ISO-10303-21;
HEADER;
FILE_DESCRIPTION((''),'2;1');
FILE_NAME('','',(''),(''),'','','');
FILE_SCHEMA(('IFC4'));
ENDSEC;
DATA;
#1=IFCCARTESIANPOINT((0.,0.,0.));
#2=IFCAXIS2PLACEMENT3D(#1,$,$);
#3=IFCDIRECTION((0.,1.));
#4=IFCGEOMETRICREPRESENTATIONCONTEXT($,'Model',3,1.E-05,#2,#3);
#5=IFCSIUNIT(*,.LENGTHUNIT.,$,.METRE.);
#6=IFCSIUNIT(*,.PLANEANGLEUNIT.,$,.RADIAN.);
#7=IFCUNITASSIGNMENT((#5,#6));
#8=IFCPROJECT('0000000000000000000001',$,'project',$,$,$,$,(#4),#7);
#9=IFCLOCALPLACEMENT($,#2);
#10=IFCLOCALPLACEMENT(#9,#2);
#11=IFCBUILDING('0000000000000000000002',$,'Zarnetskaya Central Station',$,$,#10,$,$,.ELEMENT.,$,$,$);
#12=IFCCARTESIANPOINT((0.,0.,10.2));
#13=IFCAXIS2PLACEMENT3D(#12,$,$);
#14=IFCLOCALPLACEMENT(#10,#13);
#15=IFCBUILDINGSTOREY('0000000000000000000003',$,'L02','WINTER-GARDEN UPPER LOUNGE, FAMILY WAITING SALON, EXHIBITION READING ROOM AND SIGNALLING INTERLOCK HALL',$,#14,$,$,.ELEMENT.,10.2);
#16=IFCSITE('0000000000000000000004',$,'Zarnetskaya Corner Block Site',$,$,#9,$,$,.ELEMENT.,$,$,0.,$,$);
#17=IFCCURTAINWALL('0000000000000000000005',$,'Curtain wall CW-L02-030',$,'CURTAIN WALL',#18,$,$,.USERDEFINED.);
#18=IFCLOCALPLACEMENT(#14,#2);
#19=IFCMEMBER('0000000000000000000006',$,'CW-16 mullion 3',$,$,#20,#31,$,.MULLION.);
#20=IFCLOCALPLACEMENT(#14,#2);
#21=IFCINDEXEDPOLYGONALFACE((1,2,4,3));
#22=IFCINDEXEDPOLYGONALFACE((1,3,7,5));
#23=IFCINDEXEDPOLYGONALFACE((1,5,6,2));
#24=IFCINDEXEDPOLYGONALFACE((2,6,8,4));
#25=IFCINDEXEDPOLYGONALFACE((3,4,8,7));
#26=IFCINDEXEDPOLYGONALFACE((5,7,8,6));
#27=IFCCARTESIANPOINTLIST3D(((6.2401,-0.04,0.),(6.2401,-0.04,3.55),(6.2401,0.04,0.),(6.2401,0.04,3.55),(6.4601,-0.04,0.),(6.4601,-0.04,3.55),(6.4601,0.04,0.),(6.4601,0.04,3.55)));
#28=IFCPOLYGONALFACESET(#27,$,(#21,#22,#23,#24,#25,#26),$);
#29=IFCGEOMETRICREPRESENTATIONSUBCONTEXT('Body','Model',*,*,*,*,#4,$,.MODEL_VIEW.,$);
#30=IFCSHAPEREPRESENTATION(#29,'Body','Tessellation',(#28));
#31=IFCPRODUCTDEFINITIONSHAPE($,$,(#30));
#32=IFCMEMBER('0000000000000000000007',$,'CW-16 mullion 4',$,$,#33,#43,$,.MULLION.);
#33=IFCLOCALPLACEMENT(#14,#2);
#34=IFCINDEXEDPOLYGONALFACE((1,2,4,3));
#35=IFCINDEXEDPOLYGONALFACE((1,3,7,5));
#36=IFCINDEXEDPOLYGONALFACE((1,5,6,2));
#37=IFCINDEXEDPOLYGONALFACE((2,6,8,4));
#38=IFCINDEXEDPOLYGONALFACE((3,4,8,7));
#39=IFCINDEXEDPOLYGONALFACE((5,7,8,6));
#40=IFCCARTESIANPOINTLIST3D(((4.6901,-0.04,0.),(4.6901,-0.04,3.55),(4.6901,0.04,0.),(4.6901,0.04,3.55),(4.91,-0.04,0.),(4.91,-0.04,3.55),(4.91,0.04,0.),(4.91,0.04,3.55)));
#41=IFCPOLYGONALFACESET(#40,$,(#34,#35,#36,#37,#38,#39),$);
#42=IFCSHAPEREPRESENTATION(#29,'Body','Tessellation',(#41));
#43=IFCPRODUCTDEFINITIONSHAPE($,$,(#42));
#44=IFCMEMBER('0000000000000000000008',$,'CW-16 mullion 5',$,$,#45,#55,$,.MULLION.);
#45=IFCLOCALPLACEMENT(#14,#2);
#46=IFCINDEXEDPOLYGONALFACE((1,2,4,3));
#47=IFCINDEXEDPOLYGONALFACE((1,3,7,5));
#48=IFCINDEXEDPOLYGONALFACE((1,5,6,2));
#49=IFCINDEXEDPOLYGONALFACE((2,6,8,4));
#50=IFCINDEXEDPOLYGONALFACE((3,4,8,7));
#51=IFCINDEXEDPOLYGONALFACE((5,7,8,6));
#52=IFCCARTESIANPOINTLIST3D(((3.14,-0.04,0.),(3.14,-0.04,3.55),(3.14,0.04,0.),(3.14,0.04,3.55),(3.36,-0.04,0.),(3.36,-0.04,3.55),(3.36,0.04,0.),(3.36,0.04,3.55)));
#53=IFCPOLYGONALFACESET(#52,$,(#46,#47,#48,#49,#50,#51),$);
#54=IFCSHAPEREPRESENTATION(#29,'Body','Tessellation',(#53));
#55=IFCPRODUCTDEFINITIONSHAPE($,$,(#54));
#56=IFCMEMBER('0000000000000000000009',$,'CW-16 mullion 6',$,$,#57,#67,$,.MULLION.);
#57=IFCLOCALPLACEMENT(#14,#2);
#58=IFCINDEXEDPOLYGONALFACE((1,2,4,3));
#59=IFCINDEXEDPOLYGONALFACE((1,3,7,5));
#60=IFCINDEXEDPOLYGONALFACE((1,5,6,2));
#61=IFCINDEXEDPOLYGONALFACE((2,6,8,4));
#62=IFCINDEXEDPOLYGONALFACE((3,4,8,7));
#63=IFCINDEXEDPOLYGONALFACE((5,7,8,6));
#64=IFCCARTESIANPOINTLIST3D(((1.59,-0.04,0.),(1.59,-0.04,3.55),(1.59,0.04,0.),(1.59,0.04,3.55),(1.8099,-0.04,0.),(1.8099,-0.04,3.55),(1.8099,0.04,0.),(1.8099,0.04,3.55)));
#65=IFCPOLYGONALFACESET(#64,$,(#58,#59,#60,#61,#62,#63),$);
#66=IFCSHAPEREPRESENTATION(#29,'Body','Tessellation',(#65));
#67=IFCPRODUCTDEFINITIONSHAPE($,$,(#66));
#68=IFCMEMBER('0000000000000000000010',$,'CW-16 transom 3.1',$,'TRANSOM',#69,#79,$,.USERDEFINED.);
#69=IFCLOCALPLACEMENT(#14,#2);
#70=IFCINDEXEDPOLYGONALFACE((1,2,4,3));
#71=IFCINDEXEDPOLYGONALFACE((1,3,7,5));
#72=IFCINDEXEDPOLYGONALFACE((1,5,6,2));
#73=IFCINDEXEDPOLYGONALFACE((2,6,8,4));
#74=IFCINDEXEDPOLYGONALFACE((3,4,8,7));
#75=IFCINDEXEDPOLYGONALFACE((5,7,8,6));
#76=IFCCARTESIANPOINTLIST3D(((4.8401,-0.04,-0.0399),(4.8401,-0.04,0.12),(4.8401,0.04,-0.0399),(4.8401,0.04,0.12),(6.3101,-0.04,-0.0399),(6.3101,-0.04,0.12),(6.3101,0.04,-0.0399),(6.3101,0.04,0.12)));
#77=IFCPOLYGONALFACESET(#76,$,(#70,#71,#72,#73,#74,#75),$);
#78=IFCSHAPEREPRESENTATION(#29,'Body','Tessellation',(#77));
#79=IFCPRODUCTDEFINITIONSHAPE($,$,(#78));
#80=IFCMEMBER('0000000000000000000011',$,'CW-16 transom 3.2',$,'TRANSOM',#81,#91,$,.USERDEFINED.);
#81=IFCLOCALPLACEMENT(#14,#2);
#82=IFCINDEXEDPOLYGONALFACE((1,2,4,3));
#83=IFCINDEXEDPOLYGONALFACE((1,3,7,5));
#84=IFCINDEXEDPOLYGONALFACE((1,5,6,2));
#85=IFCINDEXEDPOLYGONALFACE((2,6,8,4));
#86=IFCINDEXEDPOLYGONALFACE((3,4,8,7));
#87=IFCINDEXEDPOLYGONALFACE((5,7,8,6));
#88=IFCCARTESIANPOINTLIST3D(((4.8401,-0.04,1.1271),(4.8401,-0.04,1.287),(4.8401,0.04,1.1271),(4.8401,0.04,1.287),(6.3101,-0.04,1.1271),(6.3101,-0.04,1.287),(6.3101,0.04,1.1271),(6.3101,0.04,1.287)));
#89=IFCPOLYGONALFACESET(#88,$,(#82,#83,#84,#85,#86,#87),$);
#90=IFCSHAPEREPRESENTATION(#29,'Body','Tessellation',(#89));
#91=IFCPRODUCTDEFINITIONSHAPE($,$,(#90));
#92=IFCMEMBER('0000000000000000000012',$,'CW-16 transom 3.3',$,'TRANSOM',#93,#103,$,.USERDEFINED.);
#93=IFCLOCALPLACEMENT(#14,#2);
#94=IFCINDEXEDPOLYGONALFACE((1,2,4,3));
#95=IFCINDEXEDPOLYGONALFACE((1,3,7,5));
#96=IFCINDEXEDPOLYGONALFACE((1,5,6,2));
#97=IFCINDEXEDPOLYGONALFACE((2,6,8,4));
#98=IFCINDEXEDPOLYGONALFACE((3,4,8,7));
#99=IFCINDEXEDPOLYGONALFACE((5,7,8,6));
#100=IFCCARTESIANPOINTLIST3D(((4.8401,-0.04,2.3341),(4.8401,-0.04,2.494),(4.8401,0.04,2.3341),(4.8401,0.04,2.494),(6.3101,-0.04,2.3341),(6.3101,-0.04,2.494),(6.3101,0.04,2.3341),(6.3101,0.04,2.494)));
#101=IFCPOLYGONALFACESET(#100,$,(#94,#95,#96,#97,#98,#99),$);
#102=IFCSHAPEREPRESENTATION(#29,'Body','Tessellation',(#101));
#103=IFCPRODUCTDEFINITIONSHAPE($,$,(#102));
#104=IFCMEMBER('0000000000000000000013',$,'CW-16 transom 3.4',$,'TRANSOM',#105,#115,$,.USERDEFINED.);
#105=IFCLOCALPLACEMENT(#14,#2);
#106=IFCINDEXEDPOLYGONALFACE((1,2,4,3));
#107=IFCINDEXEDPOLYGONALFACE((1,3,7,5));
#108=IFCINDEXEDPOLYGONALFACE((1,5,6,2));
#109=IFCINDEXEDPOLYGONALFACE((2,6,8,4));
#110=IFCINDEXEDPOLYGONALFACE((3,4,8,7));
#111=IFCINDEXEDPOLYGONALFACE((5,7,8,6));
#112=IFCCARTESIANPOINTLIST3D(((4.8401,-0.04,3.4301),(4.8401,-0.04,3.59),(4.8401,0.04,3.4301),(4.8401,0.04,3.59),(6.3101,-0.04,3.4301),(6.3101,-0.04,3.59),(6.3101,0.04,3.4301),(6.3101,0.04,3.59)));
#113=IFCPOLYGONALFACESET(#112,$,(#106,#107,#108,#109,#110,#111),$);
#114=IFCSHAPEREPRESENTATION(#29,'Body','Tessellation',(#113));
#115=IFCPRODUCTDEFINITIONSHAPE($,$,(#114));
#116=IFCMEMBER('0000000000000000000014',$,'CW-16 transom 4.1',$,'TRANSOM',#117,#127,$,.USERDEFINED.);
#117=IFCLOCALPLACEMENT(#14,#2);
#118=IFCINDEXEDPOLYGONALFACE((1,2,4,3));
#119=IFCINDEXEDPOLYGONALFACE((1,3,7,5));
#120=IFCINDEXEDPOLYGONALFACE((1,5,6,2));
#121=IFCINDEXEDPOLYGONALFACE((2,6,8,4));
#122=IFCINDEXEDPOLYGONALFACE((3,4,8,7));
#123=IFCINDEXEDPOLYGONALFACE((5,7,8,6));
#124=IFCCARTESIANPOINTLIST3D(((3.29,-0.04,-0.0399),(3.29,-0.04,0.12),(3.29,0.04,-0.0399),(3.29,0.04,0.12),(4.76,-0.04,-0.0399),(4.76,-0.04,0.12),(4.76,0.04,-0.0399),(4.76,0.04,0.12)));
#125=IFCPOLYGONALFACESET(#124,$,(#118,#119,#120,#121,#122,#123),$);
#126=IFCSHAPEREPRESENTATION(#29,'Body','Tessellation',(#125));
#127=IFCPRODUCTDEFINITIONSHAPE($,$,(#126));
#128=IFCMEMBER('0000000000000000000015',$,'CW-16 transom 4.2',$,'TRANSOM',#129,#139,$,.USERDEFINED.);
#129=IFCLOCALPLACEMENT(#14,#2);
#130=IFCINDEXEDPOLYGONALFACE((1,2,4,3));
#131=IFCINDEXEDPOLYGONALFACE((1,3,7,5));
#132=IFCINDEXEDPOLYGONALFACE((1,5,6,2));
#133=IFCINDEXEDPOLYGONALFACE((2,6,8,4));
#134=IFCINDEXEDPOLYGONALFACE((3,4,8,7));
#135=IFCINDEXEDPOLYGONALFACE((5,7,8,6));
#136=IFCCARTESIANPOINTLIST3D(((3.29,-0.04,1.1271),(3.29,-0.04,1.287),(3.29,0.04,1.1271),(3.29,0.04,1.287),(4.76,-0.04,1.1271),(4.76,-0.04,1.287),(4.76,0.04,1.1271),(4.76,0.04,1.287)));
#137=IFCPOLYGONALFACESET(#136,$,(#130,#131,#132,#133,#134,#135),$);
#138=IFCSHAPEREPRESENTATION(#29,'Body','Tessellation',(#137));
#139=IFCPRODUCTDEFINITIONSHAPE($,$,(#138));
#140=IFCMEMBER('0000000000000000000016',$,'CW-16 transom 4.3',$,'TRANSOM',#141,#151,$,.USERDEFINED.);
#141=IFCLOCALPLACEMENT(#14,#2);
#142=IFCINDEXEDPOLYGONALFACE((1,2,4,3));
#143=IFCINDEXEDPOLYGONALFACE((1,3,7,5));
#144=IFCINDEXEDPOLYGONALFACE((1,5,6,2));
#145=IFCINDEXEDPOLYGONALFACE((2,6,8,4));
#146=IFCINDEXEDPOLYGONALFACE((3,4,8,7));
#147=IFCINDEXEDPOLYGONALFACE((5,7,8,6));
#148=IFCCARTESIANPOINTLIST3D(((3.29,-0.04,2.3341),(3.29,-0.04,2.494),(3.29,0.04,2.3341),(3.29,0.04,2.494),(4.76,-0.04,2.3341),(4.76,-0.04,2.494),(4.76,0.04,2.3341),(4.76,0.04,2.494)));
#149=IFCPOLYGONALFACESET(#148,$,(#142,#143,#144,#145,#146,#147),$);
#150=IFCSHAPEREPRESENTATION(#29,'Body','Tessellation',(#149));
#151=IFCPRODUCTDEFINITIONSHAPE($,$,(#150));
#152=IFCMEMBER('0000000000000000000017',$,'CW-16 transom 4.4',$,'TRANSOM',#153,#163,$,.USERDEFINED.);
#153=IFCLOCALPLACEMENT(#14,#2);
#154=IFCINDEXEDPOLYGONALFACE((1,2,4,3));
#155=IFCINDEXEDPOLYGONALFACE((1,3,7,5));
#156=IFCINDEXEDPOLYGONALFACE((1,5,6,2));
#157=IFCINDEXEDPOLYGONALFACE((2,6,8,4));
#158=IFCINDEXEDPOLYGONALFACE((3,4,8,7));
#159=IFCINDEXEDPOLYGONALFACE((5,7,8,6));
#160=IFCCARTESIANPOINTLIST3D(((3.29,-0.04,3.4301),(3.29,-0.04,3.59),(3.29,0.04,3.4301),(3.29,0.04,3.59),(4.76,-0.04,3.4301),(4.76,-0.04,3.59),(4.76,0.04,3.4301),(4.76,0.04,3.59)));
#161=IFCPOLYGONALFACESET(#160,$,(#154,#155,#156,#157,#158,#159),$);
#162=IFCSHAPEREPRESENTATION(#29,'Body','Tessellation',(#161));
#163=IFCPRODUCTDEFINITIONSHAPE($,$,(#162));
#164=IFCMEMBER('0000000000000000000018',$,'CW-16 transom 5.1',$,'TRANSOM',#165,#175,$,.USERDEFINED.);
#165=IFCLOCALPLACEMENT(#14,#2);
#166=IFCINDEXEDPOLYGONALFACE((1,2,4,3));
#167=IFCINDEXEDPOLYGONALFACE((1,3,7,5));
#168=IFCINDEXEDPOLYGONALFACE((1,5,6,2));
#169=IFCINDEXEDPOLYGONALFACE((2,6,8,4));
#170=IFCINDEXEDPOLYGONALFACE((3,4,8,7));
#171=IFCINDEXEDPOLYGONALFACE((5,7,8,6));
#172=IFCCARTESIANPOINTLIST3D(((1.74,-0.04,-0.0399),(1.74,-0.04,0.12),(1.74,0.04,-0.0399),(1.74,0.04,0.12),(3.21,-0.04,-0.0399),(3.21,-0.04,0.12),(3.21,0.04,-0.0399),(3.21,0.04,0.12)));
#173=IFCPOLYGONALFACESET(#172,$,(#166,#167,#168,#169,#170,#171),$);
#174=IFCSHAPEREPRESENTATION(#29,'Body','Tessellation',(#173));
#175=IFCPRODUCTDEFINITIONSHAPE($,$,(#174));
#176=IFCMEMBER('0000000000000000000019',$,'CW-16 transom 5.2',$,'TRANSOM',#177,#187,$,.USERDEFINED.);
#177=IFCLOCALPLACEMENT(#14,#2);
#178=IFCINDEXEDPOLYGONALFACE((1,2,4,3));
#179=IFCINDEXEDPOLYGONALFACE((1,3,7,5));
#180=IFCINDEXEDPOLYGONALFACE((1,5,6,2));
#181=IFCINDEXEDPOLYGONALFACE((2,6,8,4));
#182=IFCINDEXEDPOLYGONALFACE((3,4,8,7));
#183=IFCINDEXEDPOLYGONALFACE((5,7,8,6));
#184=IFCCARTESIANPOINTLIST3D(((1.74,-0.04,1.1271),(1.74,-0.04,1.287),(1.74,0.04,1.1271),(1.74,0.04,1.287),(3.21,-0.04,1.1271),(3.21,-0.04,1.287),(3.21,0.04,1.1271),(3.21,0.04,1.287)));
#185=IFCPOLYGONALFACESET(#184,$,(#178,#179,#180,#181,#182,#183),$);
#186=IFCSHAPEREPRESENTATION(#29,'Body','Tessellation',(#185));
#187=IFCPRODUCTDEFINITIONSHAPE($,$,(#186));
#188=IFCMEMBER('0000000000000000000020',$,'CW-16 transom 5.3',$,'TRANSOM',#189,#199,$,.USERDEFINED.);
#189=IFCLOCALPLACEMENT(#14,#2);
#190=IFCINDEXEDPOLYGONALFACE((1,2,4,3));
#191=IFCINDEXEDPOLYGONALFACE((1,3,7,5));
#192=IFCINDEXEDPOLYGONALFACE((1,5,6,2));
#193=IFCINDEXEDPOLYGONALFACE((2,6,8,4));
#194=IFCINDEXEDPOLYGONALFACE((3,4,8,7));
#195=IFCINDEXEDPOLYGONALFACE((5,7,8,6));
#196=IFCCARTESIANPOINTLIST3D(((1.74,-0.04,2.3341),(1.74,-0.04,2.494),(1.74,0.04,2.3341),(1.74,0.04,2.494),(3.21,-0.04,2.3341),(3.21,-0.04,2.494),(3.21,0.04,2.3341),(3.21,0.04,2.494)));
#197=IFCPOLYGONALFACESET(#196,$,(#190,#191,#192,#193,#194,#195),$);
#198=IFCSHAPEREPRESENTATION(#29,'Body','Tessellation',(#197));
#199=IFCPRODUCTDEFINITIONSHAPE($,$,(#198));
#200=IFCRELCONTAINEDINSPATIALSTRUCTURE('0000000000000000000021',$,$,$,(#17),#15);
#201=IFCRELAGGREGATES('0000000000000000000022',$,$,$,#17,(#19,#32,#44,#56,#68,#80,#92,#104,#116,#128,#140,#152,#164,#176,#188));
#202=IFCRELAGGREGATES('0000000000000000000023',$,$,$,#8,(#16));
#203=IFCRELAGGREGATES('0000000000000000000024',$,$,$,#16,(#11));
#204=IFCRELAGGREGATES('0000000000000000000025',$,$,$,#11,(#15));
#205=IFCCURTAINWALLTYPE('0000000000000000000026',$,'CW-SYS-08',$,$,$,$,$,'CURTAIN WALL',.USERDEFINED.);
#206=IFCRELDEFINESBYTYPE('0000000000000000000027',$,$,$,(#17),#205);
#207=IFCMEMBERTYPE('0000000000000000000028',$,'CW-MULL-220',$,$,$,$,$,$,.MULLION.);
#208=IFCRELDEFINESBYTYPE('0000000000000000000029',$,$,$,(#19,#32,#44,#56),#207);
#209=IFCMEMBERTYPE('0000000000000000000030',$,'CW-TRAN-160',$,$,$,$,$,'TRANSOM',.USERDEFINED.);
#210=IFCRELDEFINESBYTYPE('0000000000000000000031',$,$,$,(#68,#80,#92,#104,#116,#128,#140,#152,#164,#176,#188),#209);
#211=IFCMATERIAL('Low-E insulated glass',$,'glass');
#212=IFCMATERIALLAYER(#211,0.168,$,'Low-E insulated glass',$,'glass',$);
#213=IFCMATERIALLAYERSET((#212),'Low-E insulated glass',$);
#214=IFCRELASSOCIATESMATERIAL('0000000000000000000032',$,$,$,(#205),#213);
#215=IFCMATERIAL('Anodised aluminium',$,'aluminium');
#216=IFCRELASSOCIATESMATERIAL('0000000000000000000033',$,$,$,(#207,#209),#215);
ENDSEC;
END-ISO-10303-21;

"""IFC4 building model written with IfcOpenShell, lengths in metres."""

from ifc_helpers import new_model, si_unit, direction, frame, origin, origin_2d, place, context, subcontext, project, spatial, rectangle, extrude, material, layer, layer_set, material_profile, profile_set, type_object, element, aggregate, save


model = new_model("IFC4")

# Units and contexts
model_context = context("Model", 3, precision=1e-05, world=origin(), true_north=direction((0.0, 1.0)))
body_context = subcontext(model_context, "Body", "Model", "MODEL_VIEW")
ifc_project = project(units=[si_unit("LENGTHUNIT", "METRE"), si_unit("PLANEANGLEUNIT", "RADIAN")], contexts=[model_context])

# Site, building, storey
site_placement = place(None, origin())
site = spatial("IfcSite", under=ifc_project, at=site_placement, Name="Zarnetskaya Corner Block Site", CompositionType="ELEMENT", RefElevation=0.0)
building_placement = place(site_placement, origin())
building = spatial("IfcBuilding", under=site, at=building_placement, Name="Zarnetskaya Central Station", CompositionType="ELEMENT")
storey_placement = place(building_placement, frame((0.0, 0.0, 10.2)))
storey = spatial("IfcBuildingStorey", under=building, at=storey_placement, Name="L02", Description="WINTER-GARDEN UPPER LOUNGE, FAMILY WAITING SALON, EXHIBITION READING ROOM AND SIGNALLING INTERLOCK HALL", CompositionType="ELEMENT", Elevation=10.2)

# Curtain wall, members
ifc_material_1 = material(Name="Low-E insulated glass", Category="glass")
ifc_layer_1 = layer(ifc_material_1, 0.168, Name="Low-E insulated glass", Category="glass")
ifc_layer_set_1 = layer_set([ifc_layer_1], Name="Low-E insulated glass")
curtain_wall_type = type_object("IfcCurtainWallType", Name="CW-SYS-08", ElementType="CURTAIN WALL", PredefinedType="USERDEFINED", material=ifc_layer_set_1)
curtain_wall_placement = place(storey_placement, origin())
curtain_wall = element("IfcCurtainWall", 1, at=curtain_wall_placement, inside=storey, type_object=curtain_wall_type, Name="Curtain wall CW-L02-030", ObjectType="CURTAIN WALL", PredefinedType="USERDEFINED")
ifc_material_2 = material(Name="Anodised aluminium", Category="aluminium")
ifc_material_profile_1 = material_profile(ifc_material_2, rectangle(XDim=0.0801, YDim=0.22, at=origin_2d()), Name="ALU MULL 80x220")
ifc_profile_set_1 = profile_set([ifc_material_profile_1], Name="Anodised aluminium")
member_type_1 = type_object("IfcMemberType", Name="CW-MULL-220", PredefinedType="MULLION", material=ifc_profile_set_1)
member_1_placement = place(storey_placement, frame((6.3501, 0.0, 0.0), z_axis=(0.0, 0.0, 1.0), x_axis=(0.0, -1.0, 0.0)))
member_1 = element("IfcMember", 2, at=member_1_placement, type_object=member_type_1, Name="CW-16 mullion 3", PredefinedType="MULLION", context=body_context, shape_type="SweptSolid", body=[
    extrude(rectangle(XDim=0.0801, YDim=0.22, at=origin_2d()), origin(), (0.0, 0.0, 1.0), 3.55),
])
member_2_placement = place(storey_placement, frame((4.8, 0.0, 0.0), z_axis=(0.0, 0.0, 1.0), x_axis=(0.0, -1.0, 0.0)))
member_2 = element("IfcMember", 3, at=member_2_placement, type_object=member_type_1, Name="CW-16 mullion 4", PredefinedType="MULLION", context=body_context, shape_type="SweptSolid", body=[
    extrude(rectangle(XDim=0.0801, YDim=0.22, at=origin_2d()), origin(), (0.0, 0.0, 1.0), 3.55),
])
member_3_placement = place(storey_placement, frame((3.25, 0.0, 0.0), z_axis=(0.0, 0.0, 1.0), x_axis=(0.0, -1.0, 0.0)))
member_3 = element("IfcMember", 4, at=member_3_placement, type_object=member_type_1, Name="CW-16 mullion 5", PredefinedType="MULLION", context=body_context, shape_type="SweptSolid", body=[
    extrude(rectangle(XDim=0.0801, YDim=0.22, at=origin_2d()), origin(), (0.0, 0.0, 1.0), 3.55),
])
member_4_placement = place(storey_placement, frame((1.7, 0.0, 0.0), z_axis=(0.0, 0.0, 1.0), x_axis=(0.0, -1.0, 0.0)))
member_4 = element("IfcMember", 5, at=member_4_placement, type_object=member_type_1, Name="CW-16 mullion 6", PredefinedType="MULLION", context=body_context, shape_type="SweptSolid", body=[
    extrude(rectangle(XDim=0.0801, YDim=0.22, at=origin_2d()), origin(), (0.0, 0.0, 1.0), 3.55),
])
ifc_material_profile_2 = material_profile(ifc_material_2, rectangle(XDim=0.0801, YDim=0.1599, at=origin_2d()), Name="ALU TRAN 80x160")
ifc_profile_set_2 = profile_set([ifc_material_profile_2], Name="Anodised aluminium")
member_type_2 = type_object("IfcMemberType", Name="CW-TRAN-160", ElementType="TRANSOM", PredefinedType="USERDEFINED", material=ifc_profile_set_2)
member_5_placement = place(storey_placement, frame((6.3101, 0.0, 0.04), z_axis=(-1.0, 0.0, 0.0), x_axis=(0.0, -1.0, 0.0)))
member_5 = element("IfcMember", 6, at=member_5_placement, type_object=member_type_2, Name="CW-16 transom 3.1", ObjectType="TRANSOM", PredefinedType="USERDEFINED", context=body_context, shape_type="SweptSolid", body=[
    extrude(rectangle(XDim=0.0801, YDim=0.1599, at=origin_2d()), origin(), (0.0, 0.0, 1.0), 1.47),
])
member_6_placement = place(storey_placement, frame((6.3101, 0.0, 1.207), z_axis=(-1.0, 0.0, 0.0), x_axis=(0.0, -1.0, 0.0)))
member_6 = element("IfcMember", 7, at=member_6_placement, type_object=member_type_2, Name="CW-16 transom 3.2", ObjectType="TRANSOM", PredefinedType="USERDEFINED", context=body_context, shape_type="SweptSolid", body=[
    extrude(rectangle(XDim=0.0801, YDim=0.1599, at=origin_2d()), origin(), (0.0, 0.0, 1.0), 1.47),
])
member_7_placement = place(storey_placement, frame((6.3101, 0.0, 2.4141), z_axis=(-1.0, 0.0, 0.0), x_axis=(0.0, -1.0, 0.0)))
member_7 = element("IfcMember", 8, at=member_7_placement, type_object=member_type_2, Name="CW-16 transom 3.3", ObjectType="TRANSOM", PredefinedType="USERDEFINED", context=body_context, shape_type="SweptSolid", body=[
    extrude(rectangle(XDim=0.0801, YDim=0.1599, at=origin_2d()), origin(), (0.0, 0.0, 1.0), 1.47),
])
member_8_placement = place(storey_placement, frame((6.3101, 0.0, 3.51), z_axis=(-1.0, 0.0, 0.0), x_axis=(0.0, -1.0, 0.0)))
member_8 = element("IfcMember", 9, at=member_8_placement, type_object=member_type_2, Name="CW-16 transom 3.4", ObjectType="TRANSOM", PredefinedType="USERDEFINED", context=body_context, shape_type="SweptSolid", body=[
    extrude(rectangle(XDim=0.0801, YDim=0.1599, at=origin_2d()), origin(), (0.0, 0.0, 1.0), 1.47),
])
member_9_placement = place(storey_placement, frame((4.76, 0.0, 0.04), z_axis=(-1.0, 0.0, 0.0), x_axis=(0.0, -1.0, 0.0)))
member_9 = element("IfcMember", 10, at=member_9_placement, type_object=member_type_2, Name="CW-16 transom 4.1", ObjectType="TRANSOM", PredefinedType="USERDEFINED", context=body_context, shape_type="SweptSolid", body=[
    extrude(rectangle(XDim=0.0801, YDim=0.1599, at=origin_2d()), origin(), (0.0, 0.0, 1.0), 1.47),
])
member_10_placement = place(storey_placement, frame((4.76, 0.0, 1.207), z_axis=(-1.0, 0.0, 0.0), x_axis=(0.0, -1.0, 0.0)))
member_10 = element("IfcMember", 11, at=member_10_placement, type_object=member_type_2, Name="CW-16 transom 4.2", ObjectType="TRANSOM", PredefinedType="USERDEFINED", context=body_context, shape_type="SweptSolid", body=[
    extrude(rectangle(XDim=0.0801, YDim=0.1599, at=origin_2d()), origin(), (0.0, 0.0, 1.0), 1.47),
])
member_11_placement = place(storey_placement, frame((4.76, 0.0, 2.4141), z_axis=(-1.0, 0.0, 0.0), x_axis=(0.0, -1.0, 0.0)))
member_11 = element("IfcMember", 12, at=member_11_placement, type_object=member_type_2, Name="CW-16 transom 4.3", ObjectType="TRANSOM", PredefinedType="USERDEFINED", context=body_context, shape_type="SweptSolid", body=[
    extrude(rectangle(XDim=0.0801, YDim=0.1599, at=origin_2d()), origin(), (0.0, 0.0, 1.0), 1.47),
])
member_12_placement = place(storey_placement, frame((4.76, 0.0, 3.51), z_axis=(-1.0, 0.0, 0.0), x_axis=(0.0, -1.0, 0.0)))
member_12 = element("IfcMember", 13, at=member_12_placement, type_object=member_type_2, Name="CW-16 transom 4.4", ObjectType="TRANSOM", PredefinedType="USERDEFINED", context=body_context, shape_type="SweptSolid", body=[
    extrude(rectangle(XDim=0.0801, YDim=0.1599, at=origin_2d()), origin(), (0.0, 0.0, 1.0), 1.47),
])
member_13_placement = place(storey_placement, frame((3.21, 0.0, 0.04), z_axis=(-1.0, 0.0, 0.0), x_axis=(0.0, -1.0, 0.0)))
member_13 = element("IfcMember", 14, at=member_13_placement, type_object=member_type_2, Name="CW-16 transom 5.1", ObjectType="TRANSOM", PredefinedType="USERDEFINED", context=body_context, shape_type="SweptSolid", body=[
    extrude(rectangle(XDim=0.0801, YDim=0.1599, at=origin_2d()), origin(), (0.0, 0.0, 1.0), 1.47),
])
member_14_placement = place(storey_placement, frame((3.21, 0.0, 1.207), z_axis=(-1.0, 0.0, 0.0), x_axis=(0.0, -1.0, 0.0)))
member_14 = element("IfcMember", 15, at=member_14_placement, type_object=member_type_2, Name="CW-16 transom 5.2", ObjectType="TRANSOM", PredefinedType="USERDEFINED", context=body_context, shape_type="SweptSolid", body=[
    extrude(rectangle(XDim=0.0801, YDim=0.1599, at=origin_2d()), origin(), (0.0, 0.0, 1.0), 1.47),
])
member_15_placement = place(storey_placement, frame((3.21, 0.0, 2.4141), z_axis=(-1.0, 0.0, 0.0), x_axis=(0.0, -1.0, 0.0)))
member_15 = element("IfcMember", 16, at=member_15_placement, type_object=member_type_2, Name="CW-16 transom 5.3", ObjectType="TRANSOM", PredefinedType="USERDEFINED", context=body_context, shape_type="SweptSolid", body=[
    extrude(rectangle(XDim=0.0801, YDim=0.1599, at=origin_2d()), origin(), (0.0, 0.0, 1.0), 1.47),
])
aggregate(curtain_wall, [member_1, member_2, member_3, member_4, member_5, member_6, member_7, member_8, member_9, member_10, member_11, member_12, member_13, member_14, member_15])

save(model, "model.ifc")
